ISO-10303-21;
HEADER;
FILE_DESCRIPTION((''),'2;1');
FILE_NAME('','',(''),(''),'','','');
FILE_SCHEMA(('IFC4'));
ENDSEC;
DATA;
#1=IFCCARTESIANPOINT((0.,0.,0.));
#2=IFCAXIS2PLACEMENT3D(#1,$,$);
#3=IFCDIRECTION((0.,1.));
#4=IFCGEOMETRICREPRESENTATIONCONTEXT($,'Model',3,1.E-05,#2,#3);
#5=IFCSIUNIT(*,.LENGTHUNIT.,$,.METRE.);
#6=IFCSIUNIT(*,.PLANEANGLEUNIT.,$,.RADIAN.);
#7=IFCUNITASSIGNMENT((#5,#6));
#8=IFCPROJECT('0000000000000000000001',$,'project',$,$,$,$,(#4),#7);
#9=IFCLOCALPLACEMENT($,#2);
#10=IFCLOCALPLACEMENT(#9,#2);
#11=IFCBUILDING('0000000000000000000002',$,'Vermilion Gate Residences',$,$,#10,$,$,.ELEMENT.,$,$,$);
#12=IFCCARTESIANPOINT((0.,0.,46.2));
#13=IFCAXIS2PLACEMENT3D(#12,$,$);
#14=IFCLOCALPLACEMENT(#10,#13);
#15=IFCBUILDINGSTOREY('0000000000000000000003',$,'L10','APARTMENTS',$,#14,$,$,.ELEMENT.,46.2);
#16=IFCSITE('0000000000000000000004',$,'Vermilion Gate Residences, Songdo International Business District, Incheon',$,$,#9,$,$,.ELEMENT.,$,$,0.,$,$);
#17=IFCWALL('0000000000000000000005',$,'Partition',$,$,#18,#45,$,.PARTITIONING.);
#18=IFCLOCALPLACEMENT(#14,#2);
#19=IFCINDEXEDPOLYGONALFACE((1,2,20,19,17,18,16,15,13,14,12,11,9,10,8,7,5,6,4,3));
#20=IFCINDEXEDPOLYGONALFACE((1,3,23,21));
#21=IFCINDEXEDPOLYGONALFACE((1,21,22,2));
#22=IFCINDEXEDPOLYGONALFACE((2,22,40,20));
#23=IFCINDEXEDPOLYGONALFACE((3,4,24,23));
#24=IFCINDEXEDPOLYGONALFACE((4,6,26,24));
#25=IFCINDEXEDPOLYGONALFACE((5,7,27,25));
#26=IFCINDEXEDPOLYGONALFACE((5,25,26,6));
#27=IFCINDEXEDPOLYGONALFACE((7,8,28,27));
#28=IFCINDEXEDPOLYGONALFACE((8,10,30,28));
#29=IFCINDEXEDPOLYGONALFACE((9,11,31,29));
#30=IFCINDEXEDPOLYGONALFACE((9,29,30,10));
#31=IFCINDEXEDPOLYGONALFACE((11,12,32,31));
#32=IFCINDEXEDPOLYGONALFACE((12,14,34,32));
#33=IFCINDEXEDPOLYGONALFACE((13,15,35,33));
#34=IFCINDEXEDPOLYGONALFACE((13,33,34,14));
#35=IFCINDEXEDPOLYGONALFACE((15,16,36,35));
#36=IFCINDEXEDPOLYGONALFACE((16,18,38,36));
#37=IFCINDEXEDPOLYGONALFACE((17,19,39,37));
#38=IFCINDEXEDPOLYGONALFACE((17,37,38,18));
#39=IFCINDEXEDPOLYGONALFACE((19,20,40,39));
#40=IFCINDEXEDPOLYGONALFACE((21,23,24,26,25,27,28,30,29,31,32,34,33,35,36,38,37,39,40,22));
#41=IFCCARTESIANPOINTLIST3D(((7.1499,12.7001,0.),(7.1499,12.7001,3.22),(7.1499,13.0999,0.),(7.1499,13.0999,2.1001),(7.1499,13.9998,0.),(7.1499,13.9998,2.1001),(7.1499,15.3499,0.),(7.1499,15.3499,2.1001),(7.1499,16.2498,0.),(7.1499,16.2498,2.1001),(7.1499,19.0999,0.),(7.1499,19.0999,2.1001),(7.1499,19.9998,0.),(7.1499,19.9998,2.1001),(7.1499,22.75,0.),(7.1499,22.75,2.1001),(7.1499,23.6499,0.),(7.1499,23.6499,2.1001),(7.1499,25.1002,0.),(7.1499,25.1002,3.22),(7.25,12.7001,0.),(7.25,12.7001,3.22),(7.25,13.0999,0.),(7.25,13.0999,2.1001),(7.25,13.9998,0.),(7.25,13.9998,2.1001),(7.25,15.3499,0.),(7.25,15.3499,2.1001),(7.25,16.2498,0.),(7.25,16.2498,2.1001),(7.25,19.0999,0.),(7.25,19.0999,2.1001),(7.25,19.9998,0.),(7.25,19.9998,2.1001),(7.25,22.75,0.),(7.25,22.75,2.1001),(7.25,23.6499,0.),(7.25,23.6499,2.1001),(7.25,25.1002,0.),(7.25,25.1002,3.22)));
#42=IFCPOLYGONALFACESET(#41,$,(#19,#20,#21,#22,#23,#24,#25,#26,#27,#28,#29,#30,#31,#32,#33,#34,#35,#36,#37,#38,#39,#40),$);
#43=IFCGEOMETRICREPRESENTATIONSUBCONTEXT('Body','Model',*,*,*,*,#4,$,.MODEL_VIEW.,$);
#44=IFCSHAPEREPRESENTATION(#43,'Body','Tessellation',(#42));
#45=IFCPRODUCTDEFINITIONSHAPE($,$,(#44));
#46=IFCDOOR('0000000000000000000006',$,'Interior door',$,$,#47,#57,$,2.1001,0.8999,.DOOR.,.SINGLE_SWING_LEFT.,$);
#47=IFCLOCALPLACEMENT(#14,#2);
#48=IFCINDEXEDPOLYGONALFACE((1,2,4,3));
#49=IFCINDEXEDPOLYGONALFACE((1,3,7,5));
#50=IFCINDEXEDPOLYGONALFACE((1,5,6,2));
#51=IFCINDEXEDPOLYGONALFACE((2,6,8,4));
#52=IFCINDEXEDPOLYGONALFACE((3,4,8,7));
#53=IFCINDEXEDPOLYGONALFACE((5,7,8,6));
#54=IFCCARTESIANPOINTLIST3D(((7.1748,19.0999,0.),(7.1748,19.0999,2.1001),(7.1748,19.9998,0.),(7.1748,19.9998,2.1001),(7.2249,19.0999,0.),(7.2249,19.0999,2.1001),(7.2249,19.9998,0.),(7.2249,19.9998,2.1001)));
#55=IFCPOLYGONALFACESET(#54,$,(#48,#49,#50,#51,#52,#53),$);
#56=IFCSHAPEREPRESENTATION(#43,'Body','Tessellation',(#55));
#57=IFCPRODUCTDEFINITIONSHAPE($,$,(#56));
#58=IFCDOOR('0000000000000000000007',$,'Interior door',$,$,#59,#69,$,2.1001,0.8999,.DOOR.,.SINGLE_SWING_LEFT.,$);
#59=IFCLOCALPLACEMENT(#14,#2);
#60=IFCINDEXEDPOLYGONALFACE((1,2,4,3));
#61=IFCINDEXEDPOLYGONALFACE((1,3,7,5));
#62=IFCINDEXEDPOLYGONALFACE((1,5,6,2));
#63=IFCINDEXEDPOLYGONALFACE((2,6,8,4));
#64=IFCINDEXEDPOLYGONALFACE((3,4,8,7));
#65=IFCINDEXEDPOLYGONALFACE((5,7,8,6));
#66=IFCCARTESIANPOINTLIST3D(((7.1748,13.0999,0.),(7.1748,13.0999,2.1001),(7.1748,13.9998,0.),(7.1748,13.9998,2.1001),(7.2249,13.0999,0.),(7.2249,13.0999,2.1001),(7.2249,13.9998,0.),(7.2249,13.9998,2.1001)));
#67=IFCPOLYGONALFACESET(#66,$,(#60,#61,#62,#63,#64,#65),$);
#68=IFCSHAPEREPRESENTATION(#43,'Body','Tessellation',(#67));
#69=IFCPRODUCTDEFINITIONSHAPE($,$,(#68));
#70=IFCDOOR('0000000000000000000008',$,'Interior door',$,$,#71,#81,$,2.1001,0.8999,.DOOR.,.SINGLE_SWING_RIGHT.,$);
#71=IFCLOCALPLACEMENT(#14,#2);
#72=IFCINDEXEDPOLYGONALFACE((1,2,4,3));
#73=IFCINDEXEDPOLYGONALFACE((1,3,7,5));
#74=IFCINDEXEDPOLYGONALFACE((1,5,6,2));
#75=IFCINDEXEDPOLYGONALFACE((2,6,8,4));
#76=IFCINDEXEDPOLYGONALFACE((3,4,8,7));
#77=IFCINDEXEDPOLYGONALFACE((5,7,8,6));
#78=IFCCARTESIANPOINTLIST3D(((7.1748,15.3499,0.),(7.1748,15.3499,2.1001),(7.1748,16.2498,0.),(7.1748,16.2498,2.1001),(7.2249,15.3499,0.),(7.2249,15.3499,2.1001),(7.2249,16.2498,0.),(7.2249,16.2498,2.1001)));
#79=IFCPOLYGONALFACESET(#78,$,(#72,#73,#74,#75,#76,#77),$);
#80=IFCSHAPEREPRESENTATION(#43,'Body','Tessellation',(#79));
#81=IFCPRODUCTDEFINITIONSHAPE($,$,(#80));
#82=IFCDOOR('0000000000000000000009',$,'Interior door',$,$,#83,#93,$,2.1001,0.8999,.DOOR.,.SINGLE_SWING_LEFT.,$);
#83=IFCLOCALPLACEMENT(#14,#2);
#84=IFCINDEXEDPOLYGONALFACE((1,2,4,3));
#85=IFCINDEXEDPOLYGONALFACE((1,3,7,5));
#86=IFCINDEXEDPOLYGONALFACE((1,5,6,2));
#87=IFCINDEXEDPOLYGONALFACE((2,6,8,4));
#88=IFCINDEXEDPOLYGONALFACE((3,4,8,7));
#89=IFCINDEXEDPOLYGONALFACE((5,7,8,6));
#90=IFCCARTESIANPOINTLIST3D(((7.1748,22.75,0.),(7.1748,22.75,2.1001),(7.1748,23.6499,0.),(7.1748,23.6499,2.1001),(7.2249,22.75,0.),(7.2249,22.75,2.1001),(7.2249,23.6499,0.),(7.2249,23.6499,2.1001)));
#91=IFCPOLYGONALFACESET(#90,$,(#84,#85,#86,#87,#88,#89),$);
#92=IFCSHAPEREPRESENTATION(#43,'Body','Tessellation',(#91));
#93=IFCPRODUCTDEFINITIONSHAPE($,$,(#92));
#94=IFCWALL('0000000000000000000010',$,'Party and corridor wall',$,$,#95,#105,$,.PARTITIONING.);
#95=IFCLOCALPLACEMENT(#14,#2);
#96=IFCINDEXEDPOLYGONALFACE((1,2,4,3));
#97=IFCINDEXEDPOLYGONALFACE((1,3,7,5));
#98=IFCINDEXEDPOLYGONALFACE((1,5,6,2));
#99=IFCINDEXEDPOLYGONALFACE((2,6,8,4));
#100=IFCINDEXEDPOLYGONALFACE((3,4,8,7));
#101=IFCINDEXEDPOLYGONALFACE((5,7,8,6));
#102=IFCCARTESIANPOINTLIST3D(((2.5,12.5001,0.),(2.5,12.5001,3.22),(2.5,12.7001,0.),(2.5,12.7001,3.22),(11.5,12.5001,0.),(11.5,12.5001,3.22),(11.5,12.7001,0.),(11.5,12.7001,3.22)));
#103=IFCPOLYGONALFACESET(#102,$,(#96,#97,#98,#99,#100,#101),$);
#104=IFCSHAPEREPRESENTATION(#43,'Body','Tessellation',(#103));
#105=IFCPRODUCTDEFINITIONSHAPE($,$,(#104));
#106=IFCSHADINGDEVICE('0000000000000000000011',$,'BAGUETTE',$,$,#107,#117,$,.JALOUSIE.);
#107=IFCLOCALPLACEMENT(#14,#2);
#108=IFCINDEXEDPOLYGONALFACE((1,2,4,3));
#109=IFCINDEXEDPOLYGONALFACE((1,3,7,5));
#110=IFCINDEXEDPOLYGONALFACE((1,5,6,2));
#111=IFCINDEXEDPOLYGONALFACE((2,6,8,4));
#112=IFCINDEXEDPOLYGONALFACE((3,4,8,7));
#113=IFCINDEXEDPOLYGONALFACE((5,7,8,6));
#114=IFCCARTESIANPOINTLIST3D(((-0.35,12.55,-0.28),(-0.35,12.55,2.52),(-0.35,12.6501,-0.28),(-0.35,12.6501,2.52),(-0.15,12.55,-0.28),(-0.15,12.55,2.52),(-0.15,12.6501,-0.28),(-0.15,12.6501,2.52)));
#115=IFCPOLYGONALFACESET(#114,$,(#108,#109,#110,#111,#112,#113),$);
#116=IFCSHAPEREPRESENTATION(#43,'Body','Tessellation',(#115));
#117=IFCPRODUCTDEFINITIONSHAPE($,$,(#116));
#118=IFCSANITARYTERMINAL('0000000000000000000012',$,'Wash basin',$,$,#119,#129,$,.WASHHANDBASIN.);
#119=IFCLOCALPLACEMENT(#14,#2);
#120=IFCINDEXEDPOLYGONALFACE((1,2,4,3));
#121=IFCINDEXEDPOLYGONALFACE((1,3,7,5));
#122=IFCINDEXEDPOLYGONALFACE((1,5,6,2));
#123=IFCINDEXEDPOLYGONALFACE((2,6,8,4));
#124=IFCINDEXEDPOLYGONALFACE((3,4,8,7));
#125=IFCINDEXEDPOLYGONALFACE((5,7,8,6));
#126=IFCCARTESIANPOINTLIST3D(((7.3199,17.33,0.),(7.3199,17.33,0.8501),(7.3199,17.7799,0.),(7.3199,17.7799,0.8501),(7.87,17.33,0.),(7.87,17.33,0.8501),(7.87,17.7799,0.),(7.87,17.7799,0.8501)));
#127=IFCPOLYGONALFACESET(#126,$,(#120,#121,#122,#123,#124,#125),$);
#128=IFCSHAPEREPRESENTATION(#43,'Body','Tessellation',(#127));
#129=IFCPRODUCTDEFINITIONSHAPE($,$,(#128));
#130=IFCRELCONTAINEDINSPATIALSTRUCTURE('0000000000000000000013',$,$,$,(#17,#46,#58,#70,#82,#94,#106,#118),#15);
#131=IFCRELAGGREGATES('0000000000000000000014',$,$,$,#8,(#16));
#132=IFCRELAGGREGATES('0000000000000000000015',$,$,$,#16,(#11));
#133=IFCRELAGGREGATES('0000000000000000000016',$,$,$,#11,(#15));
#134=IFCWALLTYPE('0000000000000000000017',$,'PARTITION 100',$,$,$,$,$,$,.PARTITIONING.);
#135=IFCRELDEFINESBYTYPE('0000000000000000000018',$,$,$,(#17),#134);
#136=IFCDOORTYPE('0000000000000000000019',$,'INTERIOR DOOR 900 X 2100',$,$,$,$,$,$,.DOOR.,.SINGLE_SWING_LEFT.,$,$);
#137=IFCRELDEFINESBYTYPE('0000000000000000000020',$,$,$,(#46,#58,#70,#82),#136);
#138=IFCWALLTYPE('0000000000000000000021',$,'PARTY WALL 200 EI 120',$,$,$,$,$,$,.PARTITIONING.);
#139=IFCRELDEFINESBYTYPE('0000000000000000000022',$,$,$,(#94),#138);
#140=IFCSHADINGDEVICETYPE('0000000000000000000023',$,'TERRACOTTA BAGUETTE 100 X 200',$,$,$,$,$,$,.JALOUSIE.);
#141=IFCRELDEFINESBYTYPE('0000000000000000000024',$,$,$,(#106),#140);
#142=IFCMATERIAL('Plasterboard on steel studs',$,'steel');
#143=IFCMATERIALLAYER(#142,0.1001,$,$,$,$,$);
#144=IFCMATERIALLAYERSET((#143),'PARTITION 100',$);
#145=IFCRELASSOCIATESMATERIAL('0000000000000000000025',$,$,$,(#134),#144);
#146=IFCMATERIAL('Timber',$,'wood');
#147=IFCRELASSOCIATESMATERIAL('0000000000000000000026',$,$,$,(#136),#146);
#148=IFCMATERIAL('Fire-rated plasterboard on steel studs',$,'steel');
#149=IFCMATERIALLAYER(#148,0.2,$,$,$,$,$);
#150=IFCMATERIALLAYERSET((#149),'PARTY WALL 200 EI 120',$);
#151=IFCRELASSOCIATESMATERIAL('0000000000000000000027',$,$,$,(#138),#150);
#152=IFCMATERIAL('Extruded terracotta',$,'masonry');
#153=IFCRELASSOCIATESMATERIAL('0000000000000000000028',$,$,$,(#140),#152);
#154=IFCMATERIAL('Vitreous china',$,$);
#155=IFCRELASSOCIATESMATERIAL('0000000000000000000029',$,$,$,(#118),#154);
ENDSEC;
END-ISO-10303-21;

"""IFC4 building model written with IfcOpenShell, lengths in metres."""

from ifc_helpers import new_model, si_unit, direction, frame, frame_2d, origin, origin_2d, place, context, subcontext, project, spatial, rectangle, extrude, material, layer, layer_set, material_profile, profile_set, type_object, element, fill, save


model = new_model("IFC4")

# Units and contexts
model_context = context("Model", 3, precision=1e-05, world=origin(), true_north=direction((0.0, 1.0)))
body_context = subcontext(model_context, "Body", "Model", "MODEL_VIEW")
ifc_project = project(units=[si_unit("LENGTHUNIT", "METRE"), si_unit("PLANEANGLEUNIT", "RADIAN")], contexts=[model_context])

# Site, building, storey
site_placement = place(None, origin())
site = spatial("IfcSite", under=ifc_project, at=site_placement, Name="Vermilion Gate Residences, Songdo International Business District, Incheon", CompositionType="ELEMENT", RefElevation=0.0)
building_placement = place(site_placement, origin())
building = spatial("IfcBuilding", under=site, at=building_placement, Name="Vermilion Gate Residences", CompositionType="ELEMENT")
storey_placement = place(building_placement, frame((0.0, 0.0, 46.2)))
storey = spatial("IfcBuildingStorey", under=building, at=storey_placement, Name="L10", Description="APARTMENTS", CompositionType="ELEMENT", Elevation=46.2)

# Shared definitions
ifc_material_1 = material(Name="Plasterboard on steel studs", Category="steel")
ifc_layer_1 = layer(ifc_material_1, 0.1001)
ifc_layer_set_1 = layer_set([ifc_layer_1], Name="PARTITION 100")
wall_type_1 = type_object("IfcWallType", Name="PARTITION 100", PredefinedType="PARTITIONING", material=ifc_layer_set_1)

# Wall, openings, doors
ifc_material_2 = material(Name="Timber", Category="wood")
door_type = type_object("IfcDoorType", Name="INTERIOR DOOR 900 X 2100", OperationType="SINGLE_SWING_LEFT", PredefinedType="DOOR", material=ifc_material_2)
wall_1_placement = place(storey_placement, frame((7.2, 12.7, 0.0), z_axis=(0.0, 0.0, 1.0), x_axis=(0.0, 1.0, 0.0)))
wall_1 = element("IfcWall", 1, at=wall_1_placement, inside=storey, type_object=wall_type_1, Name="Partition", PredefinedType="PARTITIONING", context=body_context, shape_type="SweptSolid", body=[
    extrude(rectangle(XDim=12.4001, YDim=0.1001, at=frame_2d((6.2002, 0.0))), origin(), (0.0, 0.0, 1.0), 3.22),
])
opening_1_placement = place(wall_1_placement, frame((6.3999, 0.0, 0.0)))
opening_1 = element("IfcOpeningElement", 2, at=opening_1_placement, cuts=wall_1, PredefinedType="OPENING", context=body_context, shape_type="SweptSolid", body=[
    extrude(rectangle(XDim=0.8999, YDim=2.1001, at=frame_2d((0.45, 1.05))), frame((0.0, 0.0601, 0.0), z_axis=(0.0, -1.0, 0.0), x_axis=(1.0, 0.0, 0.0)), (0.0, 0.0, 1.0), 0.1201),
])
opening_2_placement = place(wall_1_placement, frame((0.3999, 0.0, 0.0)))
opening_2 = element("IfcOpeningElement", 3, at=opening_2_placement, cuts=wall_1, PredefinedType="OPENING", context=body_context, shape_type="SweptSolid", body=[
    extrude(rectangle(XDim=0.8999, YDim=2.1001, at=frame_2d((0.45, 1.05))), frame((0.0, 0.0601, 0.0), z_axis=(0.0, -1.0, 0.0), x_axis=(1.0, 0.0, 0.0)), (0.0, 0.0, 1.0), 0.1201),
])
opening_3_placement = place(wall_1_placement, frame((2.6499, 0.0, 0.0)))
opening_3 = element("IfcOpeningElement", 4, at=opening_3_placement, cuts=wall_1, PredefinedType="OPENING", context=body_context, shape_type="SweptSolid", body=[
    extrude(rectangle(XDim=0.8999, YDim=2.1001, at=frame_2d((0.45, 1.05))), frame((0.0, 0.0601, 0.0), z_axis=(0.0, -1.0, 0.0), x_axis=(1.0, 0.0, 0.0)), (0.0, 0.0, 1.0), 0.1201),
])
opening_4_placement = place(wall_1_placement, frame((10.05, 0.0, 0.0)))
opening_4 = element("IfcOpeningElement", 5, at=opening_4_placement, cuts=wall_1, PredefinedType="OPENING", context=body_context, shape_type="SweptSolid", body=[
    extrude(rectangle(XDim=0.8999, YDim=2.1001, at=frame_2d((0.45, 1.05))), frame((0.0, 0.0601, 0.0), z_axis=(0.0, -1.0, 0.0), x_axis=(1.0, 0.0, 0.0)), (0.0, 0.0, 1.0), 0.1201),
])
door_1_placement = place(opening_1_placement, frame((0.8999, 0.0, 0.0), z_axis=(0.0, 0.0, 1.0), x_axis=(-1.0, 0.0, 0.0)))
door_1 = element("IfcDoor", 6, at=door_1_placement, inside=storey, type_object=door_type, Name="Interior door", OperationType="SINGLE_SWING_LEFT", OverallHeight=2.1001, OverallWidth=0.8999, PredefinedType="DOOR", context=body_context, shape_type="SweptSolid", body=[
    extrude(rectangle(XDim=0.8999, YDim=2.1001, at=frame_2d((0.45, 1.05))), frame((0.0, 0.0249, 0.0), z_axis=(0.0, -1.0, 0.0), x_axis=(1.0, 0.0, 0.0)), (0.0, 0.0, 1.0), 0.05),
])
fill(opening_1, door_1)
door_2_placement = place(opening_2_placement, frame((0.8999, 0.0, 0.0), z_axis=(0.0, 0.0, 1.0), x_axis=(-1.0, 0.0, 0.0)))
door_2 = element("IfcDoor", 7, at=door_2_placement, inside=storey, type_object=door_type, Name="Interior door", OperationType="SINGLE_SWING_LEFT", OverallHeight=2.1001, OverallWidth=0.8999, PredefinedType="DOOR", context=body_context, shape_type="SweptSolid", body=[
    extrude(rectangle(XDim=0.8999, YDim=2.1001, at=frame_2d((0.45, 1.05))), frame((0.0, 0.0249, 0.0), z_axis=(0.0, -1.0, 0.0), x_axis=(1.0, 0.0, 0.0)), (0.0, 0.0, 1.0), 0.05),
])
fill(opening_2, door_2)
door_3_placement = place(opening_3_placement, frame((0.8999, 0.0, 0.0), z_axis=(0.0, 0.0, 1.0), x_axis=(-1.0, 0.0, 0.0)))
door_3 = element("IfcDoor", 8, at=door_3_placement, inside=storey, type_object=door_type, Name="Interior door", OperationType="SINGLE_SWING_RIGHT", OverallHeight=2.1001, OverallWidth=0.8999, PredefinedType="DOOR", context=body_context, shape_type="SweptSolid", body=[
    extrude(rectangle(XDim=0.8999, YDim=2.1001, at=frame_2d((0.45, 1.05))), frame((0.0, 0.0249, 0.0), z_axis=(0.0, -1.0, 0.0), x_axis=(1.0, 0.0, 0.0)), (0.0, 0.0, 1.0), 0.05),
])
fill(opening_3, door_3)
door_4_placement = place(opening_4_placement, frame((0.8999, 0.0, 0.0), z_axis=(0.0, 0.0, 1.0), x_axis=(-1.0, 0.0, 0.0)))
door_4 = element("IfcDoor", 9, at=door_4_placement, inside=storey, type_object=door_type, Name="Interior door", OperationType="SINGLE_SWING_LEFT", OverallHeight=2.1001, OverallWidth=0.8999, PredefinedType="DOOR", context=body_context, shape_type="SweptSolid", body=[
    extrude(rectangle(XDim=0.8999, YDim=2.1001, at=frame_2d((0.45, 1.05))), frame((0.0, 0.0249, 0.0), z_axis=(0.0, -1.0, 0.0), x_axis=(1.0, 0.0, 0.0)), (0.0, 0.0, 1.0), 0.05),
])
fill(opening_4, door_4)

# Wall
ifc_material_3 = material(Name="Fire-rated plasterboard on steel studs", Category="steel")
ifc_layer_2 = layer(ifc_material_3, 0.2)
ifc_layer_set_2 = layer_set([ifc_layer_2], Name="PARTY WALL 200 EI 120")
wall_type_2 = type_object("IfcWallType", Name="PARTY WALL 200 EI 120", PredefinedType="PARTITIONING", material=ifc_layer_set_2)
wall_2_placement = place(storey_placement, frame((2.5, 12.6001, 0.0), z_axis=(0.0, 0.0, 1.0), x_axis=(1.0, 0.0, 0.0)))
element("IfcWall", 10, at=wall_2_placement, inside=storey, type_object=wall_type_2, Name="Party and corridor wall", PredefinedType="PARTITIONING", context=body_context, shape_type="SweptSolid", body=[
    extrude(rectangle(XDim=9.0, YDim=0.2, at=frame_2d((4.5, 0.0))), origin(), (0.0, 0.0, 1.0), 3.22),
])

# Shading device
ifc_material_4 = material(Name="Extruded terracotta", Category="masonry")
ifc_material_profile_1 = material_profile(ifc_material_4, rectangle(XDim=0.2, YDim=0.1001, at=origin_2d()), Name="BAGUETTE 100 X 200")
ifc_profile_set_1 = profile_set([ifc_material_profile_1], Name="Extruded terracotta")
shading_device_type = type_object("IfcShadingDeviceType", Name="TERRACOTTA BAGUETTE 100 X 200", PredefinedType="JALOUSIE", material=ifc_profile_set_1)
shading_device_placement = place(storey_placement, frame((-0.25, 12.6001, -0.28), z_axis=(0.0, 0.0, 1.0), x_axis=(1.0, 0.0, 0.0)))
element("IfcShadingDevice", 11, at=shading_device_placement, inside=storey, type_object=shading_device_type, Name="BAGUETTE", PredefinedType="JALOUSIE", context=body_context, shape_type="SweptSolid", body=[
    extrude(rectangle(XDim=0.2, YDim=0.1001, at=origin_2d()), origin(), (0.0, 0.0, 1.0), 2.8),
])

# Sanitary terminal
ifc_material_5 = material(Name="Vitreous china")
sanitary_terminal_placement = place(storey_placement, frame((7.595, 17.5549, 0.0), z_axis=(0.0, 0.0, 1.0), x_axis=(1.0, 0.0, 0.0)))
element("IfcSanitaryTerminal", 12, at=sanitary_terminal_placement, inside=storey, material=ifc_material_5, Name="Wash basin", PredefinedType="WASHHANDBASIN", context=body_context, shape_type="SweptSolid", body=[
    extrude(rectangle(XDim=0.55, YDim=0.45, at=origin_2d()), origin(), (0.0, 0.0, 1.0), 0.8501),
])

save(model, "model.ifc")
